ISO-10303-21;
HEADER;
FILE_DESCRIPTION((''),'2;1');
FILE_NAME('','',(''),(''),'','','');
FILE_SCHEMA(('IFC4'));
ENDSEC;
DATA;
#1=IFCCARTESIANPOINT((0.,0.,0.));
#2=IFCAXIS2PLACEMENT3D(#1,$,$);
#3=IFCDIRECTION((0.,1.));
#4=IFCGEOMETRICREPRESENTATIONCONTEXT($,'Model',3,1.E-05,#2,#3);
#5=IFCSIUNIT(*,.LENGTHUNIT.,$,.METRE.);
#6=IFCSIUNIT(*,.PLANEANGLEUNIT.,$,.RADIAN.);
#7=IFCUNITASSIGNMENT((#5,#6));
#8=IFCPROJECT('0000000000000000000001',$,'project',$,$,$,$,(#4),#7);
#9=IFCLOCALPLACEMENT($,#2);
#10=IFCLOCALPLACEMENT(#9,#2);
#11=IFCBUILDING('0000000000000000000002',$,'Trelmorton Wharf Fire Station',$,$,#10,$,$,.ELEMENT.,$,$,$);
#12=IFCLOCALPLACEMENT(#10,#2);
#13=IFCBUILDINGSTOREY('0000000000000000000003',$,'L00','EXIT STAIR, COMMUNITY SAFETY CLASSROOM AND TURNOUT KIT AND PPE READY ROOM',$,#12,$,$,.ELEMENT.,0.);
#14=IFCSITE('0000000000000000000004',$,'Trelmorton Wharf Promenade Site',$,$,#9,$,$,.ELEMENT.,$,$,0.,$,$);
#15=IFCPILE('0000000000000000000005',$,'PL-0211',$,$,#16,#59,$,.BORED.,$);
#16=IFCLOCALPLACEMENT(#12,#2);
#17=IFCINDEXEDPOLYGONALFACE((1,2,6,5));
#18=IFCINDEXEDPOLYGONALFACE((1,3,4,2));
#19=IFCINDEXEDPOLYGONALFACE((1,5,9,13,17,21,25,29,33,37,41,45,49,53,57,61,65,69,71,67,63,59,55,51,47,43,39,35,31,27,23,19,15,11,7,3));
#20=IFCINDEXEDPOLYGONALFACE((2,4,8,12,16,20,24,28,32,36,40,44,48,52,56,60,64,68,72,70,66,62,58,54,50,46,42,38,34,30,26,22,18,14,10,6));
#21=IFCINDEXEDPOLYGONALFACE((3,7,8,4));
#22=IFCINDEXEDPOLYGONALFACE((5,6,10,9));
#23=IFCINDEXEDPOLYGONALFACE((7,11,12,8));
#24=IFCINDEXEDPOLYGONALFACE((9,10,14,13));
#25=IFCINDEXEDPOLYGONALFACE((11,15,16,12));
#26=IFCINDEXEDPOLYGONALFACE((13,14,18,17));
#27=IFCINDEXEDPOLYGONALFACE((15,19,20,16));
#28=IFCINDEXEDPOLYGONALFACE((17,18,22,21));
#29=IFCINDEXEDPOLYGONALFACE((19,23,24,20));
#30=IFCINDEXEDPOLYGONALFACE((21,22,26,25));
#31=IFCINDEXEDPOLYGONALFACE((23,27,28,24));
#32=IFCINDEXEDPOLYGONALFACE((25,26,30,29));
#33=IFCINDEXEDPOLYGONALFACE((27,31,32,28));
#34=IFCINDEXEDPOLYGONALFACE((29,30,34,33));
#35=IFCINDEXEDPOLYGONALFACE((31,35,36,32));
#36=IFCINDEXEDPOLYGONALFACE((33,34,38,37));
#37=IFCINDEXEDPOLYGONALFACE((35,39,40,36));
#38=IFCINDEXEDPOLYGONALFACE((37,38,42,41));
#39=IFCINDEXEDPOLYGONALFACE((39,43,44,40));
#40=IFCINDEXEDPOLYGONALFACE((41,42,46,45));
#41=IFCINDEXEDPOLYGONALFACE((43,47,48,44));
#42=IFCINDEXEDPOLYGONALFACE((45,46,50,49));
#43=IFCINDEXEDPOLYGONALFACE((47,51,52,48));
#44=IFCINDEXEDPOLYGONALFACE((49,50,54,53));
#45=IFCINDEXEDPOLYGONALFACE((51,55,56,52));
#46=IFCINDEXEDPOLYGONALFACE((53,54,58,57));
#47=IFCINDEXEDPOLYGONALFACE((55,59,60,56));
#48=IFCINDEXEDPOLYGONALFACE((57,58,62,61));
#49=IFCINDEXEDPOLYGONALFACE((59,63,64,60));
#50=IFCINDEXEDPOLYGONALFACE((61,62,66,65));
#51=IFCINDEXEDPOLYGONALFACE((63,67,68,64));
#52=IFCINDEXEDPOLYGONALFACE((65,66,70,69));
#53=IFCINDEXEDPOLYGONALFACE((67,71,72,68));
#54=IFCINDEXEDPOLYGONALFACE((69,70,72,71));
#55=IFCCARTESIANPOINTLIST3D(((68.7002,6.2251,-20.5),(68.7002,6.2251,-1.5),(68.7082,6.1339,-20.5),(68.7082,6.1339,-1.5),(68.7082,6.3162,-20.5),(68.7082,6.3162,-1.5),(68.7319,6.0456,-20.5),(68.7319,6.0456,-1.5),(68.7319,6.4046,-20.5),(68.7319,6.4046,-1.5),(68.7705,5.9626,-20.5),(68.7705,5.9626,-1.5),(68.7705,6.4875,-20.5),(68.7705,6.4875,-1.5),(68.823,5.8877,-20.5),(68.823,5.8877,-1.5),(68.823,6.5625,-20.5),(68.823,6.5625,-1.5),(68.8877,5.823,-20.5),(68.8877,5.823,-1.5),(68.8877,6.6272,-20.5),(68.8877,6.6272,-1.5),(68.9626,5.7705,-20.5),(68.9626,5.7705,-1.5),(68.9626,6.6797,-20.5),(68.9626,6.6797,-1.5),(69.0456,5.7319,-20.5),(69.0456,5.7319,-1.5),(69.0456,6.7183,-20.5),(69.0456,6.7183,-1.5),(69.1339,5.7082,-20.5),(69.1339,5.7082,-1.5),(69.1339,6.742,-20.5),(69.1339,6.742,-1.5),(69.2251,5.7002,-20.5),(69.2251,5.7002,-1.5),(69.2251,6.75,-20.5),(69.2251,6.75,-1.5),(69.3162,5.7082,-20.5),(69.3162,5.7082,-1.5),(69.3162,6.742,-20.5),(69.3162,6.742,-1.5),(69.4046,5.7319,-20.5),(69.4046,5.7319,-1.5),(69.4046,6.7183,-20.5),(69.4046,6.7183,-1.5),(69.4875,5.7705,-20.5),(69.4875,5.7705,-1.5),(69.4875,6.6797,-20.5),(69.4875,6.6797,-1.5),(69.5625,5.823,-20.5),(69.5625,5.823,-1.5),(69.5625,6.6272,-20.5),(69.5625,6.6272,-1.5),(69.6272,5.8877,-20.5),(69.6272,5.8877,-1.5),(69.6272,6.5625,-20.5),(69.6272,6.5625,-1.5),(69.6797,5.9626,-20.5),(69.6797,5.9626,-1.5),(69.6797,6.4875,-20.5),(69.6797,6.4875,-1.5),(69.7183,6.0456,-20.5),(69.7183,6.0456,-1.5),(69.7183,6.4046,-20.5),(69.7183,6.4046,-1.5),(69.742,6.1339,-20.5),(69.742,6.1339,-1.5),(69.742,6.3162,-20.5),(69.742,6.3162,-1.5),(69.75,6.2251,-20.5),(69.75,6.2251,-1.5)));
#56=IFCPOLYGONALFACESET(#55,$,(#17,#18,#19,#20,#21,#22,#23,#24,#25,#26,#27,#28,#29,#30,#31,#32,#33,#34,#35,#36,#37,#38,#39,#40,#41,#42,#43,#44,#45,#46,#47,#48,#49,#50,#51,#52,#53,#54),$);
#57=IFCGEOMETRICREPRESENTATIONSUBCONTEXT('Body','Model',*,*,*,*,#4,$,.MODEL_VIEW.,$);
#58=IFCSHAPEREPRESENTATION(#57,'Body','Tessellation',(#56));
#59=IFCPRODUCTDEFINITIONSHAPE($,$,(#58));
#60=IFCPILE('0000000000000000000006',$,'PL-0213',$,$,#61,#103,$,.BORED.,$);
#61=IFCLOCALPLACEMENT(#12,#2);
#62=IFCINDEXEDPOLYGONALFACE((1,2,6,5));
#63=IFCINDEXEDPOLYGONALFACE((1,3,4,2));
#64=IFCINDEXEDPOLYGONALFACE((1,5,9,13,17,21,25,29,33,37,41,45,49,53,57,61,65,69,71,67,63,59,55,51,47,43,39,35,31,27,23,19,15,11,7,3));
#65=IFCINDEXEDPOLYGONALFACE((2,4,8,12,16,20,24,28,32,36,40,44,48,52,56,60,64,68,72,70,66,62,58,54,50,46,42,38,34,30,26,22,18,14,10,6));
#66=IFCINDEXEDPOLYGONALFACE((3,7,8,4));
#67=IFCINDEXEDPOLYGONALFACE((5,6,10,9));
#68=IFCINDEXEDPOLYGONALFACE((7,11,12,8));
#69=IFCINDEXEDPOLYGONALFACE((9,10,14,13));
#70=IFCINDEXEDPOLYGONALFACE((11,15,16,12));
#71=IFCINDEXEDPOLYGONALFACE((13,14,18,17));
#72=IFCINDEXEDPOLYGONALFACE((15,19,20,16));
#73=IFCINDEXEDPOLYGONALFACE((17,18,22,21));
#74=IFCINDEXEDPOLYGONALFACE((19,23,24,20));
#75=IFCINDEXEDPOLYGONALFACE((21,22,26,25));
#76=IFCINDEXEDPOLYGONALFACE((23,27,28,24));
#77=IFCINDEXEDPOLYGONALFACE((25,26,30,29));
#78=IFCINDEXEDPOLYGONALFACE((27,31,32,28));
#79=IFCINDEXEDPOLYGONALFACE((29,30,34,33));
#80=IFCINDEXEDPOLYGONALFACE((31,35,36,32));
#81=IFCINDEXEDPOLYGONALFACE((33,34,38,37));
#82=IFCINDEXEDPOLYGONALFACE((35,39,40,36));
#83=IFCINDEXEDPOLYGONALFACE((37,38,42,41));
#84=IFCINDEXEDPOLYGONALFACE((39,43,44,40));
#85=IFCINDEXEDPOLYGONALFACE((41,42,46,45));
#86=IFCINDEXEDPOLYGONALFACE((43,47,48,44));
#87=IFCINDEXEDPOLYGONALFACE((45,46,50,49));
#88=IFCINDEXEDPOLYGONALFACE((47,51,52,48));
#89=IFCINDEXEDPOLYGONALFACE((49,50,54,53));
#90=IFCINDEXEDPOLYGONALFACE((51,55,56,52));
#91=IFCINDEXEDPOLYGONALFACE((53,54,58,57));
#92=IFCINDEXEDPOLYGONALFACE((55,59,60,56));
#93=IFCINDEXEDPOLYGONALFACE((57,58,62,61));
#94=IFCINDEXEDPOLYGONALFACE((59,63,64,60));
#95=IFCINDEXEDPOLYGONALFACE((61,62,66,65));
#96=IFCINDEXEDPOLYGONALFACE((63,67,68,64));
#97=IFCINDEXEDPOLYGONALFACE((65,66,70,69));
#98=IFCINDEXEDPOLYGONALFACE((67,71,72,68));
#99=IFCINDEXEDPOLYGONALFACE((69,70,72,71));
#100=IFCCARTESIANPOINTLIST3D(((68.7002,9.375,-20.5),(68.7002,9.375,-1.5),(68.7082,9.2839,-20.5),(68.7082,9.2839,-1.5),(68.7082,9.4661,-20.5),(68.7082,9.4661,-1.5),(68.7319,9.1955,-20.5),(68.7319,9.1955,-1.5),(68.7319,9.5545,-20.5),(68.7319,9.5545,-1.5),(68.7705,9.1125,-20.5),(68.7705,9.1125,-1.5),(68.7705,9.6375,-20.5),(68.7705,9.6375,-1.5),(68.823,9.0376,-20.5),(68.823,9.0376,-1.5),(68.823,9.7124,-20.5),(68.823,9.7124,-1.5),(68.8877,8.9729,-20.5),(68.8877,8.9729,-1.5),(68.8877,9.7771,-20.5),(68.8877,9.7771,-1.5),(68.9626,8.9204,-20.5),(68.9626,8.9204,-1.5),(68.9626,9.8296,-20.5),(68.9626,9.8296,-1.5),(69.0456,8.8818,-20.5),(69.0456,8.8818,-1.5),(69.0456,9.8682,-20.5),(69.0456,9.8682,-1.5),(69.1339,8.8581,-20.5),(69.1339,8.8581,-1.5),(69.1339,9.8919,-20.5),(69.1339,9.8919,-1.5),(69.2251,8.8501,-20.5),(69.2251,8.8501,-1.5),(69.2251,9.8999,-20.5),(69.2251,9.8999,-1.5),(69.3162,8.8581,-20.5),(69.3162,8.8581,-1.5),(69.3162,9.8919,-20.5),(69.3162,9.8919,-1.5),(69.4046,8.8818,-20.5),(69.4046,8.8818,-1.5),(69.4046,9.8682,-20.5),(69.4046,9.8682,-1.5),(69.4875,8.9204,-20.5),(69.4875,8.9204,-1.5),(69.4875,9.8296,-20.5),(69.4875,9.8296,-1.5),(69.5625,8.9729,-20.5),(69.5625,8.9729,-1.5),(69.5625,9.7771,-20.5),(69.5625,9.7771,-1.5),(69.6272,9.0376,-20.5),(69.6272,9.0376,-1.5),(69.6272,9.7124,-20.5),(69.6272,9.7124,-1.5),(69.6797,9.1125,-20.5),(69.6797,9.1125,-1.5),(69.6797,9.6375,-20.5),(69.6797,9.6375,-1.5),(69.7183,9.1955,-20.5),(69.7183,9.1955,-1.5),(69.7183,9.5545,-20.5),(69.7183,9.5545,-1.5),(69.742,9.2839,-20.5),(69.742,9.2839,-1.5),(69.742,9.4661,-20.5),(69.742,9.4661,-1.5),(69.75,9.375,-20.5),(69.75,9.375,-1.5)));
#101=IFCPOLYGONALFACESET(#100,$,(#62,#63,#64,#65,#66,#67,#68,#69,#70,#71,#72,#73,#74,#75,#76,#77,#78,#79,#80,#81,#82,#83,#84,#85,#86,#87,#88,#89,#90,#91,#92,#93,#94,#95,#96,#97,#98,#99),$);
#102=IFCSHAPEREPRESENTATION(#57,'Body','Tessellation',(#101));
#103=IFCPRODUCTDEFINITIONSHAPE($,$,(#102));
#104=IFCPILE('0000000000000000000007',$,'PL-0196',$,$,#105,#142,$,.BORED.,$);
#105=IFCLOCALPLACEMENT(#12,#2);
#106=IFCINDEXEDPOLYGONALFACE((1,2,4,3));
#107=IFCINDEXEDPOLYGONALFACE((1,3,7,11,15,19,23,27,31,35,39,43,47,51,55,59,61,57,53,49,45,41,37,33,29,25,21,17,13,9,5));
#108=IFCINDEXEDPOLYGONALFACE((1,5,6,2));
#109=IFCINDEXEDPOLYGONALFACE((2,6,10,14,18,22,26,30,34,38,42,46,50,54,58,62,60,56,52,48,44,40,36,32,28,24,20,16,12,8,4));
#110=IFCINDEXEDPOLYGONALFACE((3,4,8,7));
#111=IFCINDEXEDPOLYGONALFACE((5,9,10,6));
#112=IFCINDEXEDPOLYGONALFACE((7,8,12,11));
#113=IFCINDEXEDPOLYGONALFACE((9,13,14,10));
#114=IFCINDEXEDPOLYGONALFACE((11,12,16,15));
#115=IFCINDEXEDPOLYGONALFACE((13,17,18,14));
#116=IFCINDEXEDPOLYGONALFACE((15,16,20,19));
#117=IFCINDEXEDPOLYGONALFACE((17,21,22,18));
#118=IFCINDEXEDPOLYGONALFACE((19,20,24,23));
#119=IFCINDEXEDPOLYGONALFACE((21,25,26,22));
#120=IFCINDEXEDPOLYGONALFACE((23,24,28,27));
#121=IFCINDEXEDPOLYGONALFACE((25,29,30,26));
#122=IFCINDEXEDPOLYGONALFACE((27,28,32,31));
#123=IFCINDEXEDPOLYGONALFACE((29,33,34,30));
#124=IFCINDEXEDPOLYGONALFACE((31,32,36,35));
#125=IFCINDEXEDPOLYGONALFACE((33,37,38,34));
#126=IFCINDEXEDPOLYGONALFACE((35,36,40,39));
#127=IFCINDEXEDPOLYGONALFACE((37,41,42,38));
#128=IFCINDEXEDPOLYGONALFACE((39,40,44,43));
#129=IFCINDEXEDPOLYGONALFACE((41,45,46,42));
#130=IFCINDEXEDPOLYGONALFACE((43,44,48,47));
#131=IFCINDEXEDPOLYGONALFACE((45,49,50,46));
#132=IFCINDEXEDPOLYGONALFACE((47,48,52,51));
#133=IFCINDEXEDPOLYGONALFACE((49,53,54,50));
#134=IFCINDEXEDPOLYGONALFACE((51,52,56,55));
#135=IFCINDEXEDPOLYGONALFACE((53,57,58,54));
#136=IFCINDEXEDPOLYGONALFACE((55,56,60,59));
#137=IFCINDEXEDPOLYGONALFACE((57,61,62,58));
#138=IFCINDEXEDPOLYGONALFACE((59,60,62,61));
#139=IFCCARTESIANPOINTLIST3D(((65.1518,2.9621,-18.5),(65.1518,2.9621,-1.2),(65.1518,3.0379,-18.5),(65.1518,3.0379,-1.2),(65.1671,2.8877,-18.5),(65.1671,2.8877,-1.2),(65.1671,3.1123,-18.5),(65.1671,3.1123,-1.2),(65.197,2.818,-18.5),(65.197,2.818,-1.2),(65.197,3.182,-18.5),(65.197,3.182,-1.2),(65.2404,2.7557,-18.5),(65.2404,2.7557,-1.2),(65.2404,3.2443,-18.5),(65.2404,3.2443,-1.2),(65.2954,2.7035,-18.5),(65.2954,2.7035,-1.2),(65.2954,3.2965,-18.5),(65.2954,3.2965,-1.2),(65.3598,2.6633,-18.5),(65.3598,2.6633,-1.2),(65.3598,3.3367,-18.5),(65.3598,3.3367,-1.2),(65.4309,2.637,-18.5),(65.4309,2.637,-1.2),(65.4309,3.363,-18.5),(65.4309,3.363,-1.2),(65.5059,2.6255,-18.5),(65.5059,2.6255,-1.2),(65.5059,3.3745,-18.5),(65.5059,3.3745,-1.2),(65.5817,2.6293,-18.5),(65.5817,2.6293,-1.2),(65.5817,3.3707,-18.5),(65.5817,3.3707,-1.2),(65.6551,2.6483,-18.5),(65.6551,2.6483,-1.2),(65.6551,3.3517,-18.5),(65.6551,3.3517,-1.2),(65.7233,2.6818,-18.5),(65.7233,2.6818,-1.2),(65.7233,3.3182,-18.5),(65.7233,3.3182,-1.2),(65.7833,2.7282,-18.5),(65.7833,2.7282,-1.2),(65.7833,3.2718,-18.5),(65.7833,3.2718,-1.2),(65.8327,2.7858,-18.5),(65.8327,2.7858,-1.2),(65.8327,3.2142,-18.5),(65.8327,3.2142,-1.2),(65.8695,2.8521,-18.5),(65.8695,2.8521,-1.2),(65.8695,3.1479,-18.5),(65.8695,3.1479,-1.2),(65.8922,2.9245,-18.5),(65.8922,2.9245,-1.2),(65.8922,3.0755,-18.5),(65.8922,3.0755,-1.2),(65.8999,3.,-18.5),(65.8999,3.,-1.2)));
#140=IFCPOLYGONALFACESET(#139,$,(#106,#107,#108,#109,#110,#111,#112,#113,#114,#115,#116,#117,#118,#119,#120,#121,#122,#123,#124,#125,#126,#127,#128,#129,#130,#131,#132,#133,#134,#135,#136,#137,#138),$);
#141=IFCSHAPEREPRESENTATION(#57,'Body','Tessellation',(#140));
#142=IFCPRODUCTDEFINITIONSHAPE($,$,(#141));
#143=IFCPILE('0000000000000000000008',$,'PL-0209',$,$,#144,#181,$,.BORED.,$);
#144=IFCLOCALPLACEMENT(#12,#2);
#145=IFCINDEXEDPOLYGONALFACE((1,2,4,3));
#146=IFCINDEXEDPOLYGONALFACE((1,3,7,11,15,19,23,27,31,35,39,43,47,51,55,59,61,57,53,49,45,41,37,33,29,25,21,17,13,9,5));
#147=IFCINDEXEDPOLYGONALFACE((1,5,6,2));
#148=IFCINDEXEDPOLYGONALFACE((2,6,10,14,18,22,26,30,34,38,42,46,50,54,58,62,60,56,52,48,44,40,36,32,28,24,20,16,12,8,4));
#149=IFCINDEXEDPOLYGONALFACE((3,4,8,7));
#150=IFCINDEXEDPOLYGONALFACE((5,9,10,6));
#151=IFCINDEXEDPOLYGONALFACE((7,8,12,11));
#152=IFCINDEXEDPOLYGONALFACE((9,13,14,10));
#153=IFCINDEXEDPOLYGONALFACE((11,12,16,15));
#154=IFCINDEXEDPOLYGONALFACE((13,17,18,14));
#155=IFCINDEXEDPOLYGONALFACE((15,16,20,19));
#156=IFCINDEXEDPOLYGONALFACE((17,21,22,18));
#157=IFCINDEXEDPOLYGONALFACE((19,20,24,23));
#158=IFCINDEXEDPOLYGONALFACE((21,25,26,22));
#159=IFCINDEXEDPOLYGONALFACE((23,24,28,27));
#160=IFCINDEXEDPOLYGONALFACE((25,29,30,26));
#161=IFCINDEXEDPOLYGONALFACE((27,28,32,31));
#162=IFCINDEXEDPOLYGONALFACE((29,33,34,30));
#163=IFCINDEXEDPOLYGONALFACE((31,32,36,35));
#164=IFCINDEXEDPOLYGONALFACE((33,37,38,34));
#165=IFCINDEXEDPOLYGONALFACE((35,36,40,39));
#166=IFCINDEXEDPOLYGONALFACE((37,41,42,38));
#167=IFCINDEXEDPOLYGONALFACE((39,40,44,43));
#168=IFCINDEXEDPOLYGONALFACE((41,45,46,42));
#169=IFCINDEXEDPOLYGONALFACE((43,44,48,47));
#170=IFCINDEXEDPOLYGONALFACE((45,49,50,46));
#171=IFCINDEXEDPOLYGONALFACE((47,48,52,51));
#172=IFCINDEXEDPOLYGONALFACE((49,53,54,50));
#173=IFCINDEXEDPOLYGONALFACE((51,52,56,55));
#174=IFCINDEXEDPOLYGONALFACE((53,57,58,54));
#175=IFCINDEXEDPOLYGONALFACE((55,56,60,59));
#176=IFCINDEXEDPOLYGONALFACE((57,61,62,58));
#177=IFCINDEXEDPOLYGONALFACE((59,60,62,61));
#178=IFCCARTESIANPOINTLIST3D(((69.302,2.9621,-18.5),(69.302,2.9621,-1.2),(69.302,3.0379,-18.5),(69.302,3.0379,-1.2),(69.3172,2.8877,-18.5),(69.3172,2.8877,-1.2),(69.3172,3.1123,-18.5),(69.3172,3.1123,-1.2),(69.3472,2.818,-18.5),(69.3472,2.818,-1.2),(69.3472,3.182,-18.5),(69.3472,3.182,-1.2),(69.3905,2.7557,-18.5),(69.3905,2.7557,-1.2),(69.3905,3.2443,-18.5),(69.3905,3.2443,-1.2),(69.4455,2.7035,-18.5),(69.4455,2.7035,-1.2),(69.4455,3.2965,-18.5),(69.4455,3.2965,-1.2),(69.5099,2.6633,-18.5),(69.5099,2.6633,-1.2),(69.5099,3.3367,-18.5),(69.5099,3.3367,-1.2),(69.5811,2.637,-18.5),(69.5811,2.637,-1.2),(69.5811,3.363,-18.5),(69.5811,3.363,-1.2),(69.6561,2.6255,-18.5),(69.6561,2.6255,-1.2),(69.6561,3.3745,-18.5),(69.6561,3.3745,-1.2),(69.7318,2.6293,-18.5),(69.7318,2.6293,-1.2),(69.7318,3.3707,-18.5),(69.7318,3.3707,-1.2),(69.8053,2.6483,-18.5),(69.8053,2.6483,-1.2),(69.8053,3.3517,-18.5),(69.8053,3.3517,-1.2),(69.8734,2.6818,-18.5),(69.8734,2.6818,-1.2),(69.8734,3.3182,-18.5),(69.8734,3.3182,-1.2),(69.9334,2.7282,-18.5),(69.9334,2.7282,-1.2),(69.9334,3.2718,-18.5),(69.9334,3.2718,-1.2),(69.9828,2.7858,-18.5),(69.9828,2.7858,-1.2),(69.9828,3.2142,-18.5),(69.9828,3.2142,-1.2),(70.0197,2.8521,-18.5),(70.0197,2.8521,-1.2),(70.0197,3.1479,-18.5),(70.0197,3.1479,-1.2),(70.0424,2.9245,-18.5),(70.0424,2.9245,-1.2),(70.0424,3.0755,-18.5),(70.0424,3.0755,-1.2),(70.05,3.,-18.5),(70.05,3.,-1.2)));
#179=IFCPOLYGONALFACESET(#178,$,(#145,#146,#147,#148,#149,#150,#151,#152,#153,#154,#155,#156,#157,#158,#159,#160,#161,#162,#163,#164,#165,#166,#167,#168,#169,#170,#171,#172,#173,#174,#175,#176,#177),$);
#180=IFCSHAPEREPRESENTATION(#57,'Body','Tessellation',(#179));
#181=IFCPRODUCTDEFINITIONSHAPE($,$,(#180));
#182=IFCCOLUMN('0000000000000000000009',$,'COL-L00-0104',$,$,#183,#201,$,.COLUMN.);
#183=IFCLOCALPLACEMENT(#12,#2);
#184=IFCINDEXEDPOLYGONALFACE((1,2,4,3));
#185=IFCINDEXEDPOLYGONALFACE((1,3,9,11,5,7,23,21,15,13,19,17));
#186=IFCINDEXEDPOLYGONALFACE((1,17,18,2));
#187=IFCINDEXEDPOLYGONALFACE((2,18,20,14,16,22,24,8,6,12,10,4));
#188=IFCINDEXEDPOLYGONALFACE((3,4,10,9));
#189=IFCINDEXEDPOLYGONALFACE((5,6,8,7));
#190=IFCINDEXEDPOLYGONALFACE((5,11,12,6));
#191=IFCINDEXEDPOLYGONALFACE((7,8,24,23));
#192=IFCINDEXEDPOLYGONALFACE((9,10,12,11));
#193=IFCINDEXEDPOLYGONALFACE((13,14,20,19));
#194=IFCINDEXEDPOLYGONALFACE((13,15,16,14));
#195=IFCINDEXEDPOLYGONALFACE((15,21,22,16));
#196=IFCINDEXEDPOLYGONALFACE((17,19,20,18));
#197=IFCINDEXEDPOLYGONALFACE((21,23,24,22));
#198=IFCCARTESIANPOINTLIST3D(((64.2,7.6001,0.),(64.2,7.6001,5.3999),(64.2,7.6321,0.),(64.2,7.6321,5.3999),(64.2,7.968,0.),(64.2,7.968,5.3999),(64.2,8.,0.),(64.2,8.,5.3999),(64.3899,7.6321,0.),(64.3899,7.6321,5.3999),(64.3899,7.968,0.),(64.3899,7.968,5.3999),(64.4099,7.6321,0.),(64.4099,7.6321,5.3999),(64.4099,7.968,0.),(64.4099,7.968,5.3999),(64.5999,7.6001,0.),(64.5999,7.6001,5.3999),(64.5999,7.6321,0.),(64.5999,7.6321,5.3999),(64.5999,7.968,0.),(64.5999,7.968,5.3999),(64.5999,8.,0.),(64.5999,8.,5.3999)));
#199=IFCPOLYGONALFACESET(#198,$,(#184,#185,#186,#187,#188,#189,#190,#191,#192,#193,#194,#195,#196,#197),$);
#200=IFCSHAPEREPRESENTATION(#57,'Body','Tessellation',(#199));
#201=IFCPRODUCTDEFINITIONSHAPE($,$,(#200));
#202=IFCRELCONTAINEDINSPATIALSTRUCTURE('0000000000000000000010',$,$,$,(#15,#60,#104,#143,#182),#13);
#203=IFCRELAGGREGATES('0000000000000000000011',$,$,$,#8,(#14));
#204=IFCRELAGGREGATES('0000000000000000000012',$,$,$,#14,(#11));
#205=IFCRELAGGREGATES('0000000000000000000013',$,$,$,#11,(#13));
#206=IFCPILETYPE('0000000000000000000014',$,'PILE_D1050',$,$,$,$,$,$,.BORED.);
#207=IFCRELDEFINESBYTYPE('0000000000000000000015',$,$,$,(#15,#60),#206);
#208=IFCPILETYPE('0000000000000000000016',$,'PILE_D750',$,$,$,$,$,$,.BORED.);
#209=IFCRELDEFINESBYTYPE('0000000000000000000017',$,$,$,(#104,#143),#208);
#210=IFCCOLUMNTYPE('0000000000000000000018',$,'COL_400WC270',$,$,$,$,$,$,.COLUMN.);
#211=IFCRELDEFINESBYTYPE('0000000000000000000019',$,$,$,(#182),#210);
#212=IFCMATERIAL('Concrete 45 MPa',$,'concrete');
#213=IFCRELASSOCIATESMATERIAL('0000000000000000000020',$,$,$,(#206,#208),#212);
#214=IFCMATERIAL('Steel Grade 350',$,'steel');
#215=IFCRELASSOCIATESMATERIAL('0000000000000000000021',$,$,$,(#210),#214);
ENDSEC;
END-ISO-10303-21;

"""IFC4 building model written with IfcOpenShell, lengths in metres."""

from ifc_helpers import new_model, si_unit, direction, frame, origin, origin_2d, place, context, subcontext, project, spatial, circle, i_section, extrude, material, material_profile, profile_set, type_object, element, save


model = new_model("IFC4")

# Units and contexts
model_context = context("Model", 3, precision=1e-05, world=origin(), true_north=direction((0.0, 1.0)))
body_context = subcontext(model_context, "Body", "Model", "MODEL_VIEW")
ifc_project = project(units=[si_unit("LENGTHUNIT", "METRE"), si_unit("PLANEANGLEUNIT", "RADIAN")], contexts=[model_context])

# Site, building, storey
site_placement = place(None, origin())
site = spatial("IfcSite", under=ifc_project, at=site_placement, Name="Trelmorton Wharf Promenade Site", CompositionType="ELEMENT", RefElevation=0.0)
building_placement = place(site_placement, origin())
building = spatial("IfcBuilding", under=site, at=building_placement, Name="Trelmorton Wharf Fire Station", CompositionType="ELEMENT")
storey_placement = place(building_placement, origin())
storey = spatial("IfcBuildingStorey", under=building, at=storey_placement, Name="L00", Description="EXIT STAIR, COMMUNITY SAFETY CLASSROOM AND TURNOUT KIT AND PPE READY ROOM", CompositionType="ELEMENT", Elevation=0.0)

# Piles
ifc_material_1 = material(Name="Concrete 45 MPa", Category="concrete")
ifc_material_profile_1 = material_profile(ifc_material_1, circle(Radius=0.5249, at=origin_2d()), Name="PILE-D1050")
ifc_profile_set_1 = profile_set([ifc_material_profile_1], Name="Concrete 45 MPa")
pile_type_1 = type_object("IfcPileType", Name="PILE_D1050", PredefinedType="BORED", material=ifc_profile_set_1)
for number, where, z_axis, x_axis, name in (
    (1, (69.2251, 6.2251, -1.5), (0.0, 0.0, -1.0), (1.0, 0.0, 0.0), "PL-0211"),
    (2, (69.2251, 9.375, -1.5), (0.0, 0.0, -1.0), (1.0, 0.0, 0.0), "PL-0213"),
):
    element("IfcPile", number, at=place(storey_placement, frame(where, z_axis=z_axis, x_axis=x_axis)), inside=storey, type_object=pile_type_1, Name=name, PredefinedType="BORED", context=body_context, shape_type="SweptSolid", body=[
        extrude(circle(Radius=0.5249, at=origin_2d()), origin(), (0.0, 0.0, 1.0), 19.0),
    ])
ifc_material_profile_2 = material_profile(ifc_material_1, circle(Radius=0.375, at=origin_2d()), Name="PILE-D750")
ifc_profile_set_2 = profile_set([ifc_material_profile_2], Name="Concrete 45 MPa")
pile_type_2 = type_object("IfcPileType", Name="PILE_D750", PredefinedType="BORED", material=ifc_profile_set_2)
for number, where, z_axis, x_axis, name in (
    (3, (65.5249, 3.0, -1.2), (0.0, 0.0, -1.0), (1.0, 0.0, 0.0), "PL-0196"),
    (4, (69.675, 3.0, -1.2), (0.0, 0.0, -1.0), (1.0, 0.0, 0.0), "PL-0209"),
):
    element("IfcPile", number, at=place(storey_placement, frame(where, z_axis=z_axis, x_axis=x_axis)), inside=storey, type_object=pile_type_2, Name=name, PredefinedType="BORED", context=body_context, shape_type="SweptSolid", body=[
        extrude(circle(Radius=0.375, at=origin_2d()), origin(), (0.0, 0.0, 1.0), 17.3),
    ])

# Column
ifc_material_2 = material(Name="Steel Grade 350", Category="steel")
ifc_material_profile_3 = material_profile(ifc_material_2, i_section(OverallWidth=0.3999, OverallDepth=0.3999, WebThickness=0.02, FlangeThickness=0.032, at=origin_2d()), Name="400WC270")
ifc_profile_set_3 = profile_set([ifc_material_profile_3], Name="Steel Grade 350")
column_type_1 = type_object("IfcColumnType", Name="COL_400WC270", PredefinedType="COLUMN", material=ifc_profile_set_3)
column_placement = place(storey_placement, frame((64.3999, 7.8, 0.0), z_axis=(0.0, 0.0, 1.0), x_axis=(1.0, 0.0, 0.0)))
element("IfcColumn", 5, at=column_placement, inside=storey, type_object=column_type_1, Name="COL-L00-0104", PredefinedType="COLUMN", context=body_context, shape_type="SweptSolid", body=[
    extrude(i_section(OverallWidth=0.3999, OverallDepth=0.3999, WebThickness=0.02, FlangeThickness=0.032, at=origin_2d()), origin(), (0.0, 0.0, 1.0), 5.3999),
])

save(model, "model.ifc")
